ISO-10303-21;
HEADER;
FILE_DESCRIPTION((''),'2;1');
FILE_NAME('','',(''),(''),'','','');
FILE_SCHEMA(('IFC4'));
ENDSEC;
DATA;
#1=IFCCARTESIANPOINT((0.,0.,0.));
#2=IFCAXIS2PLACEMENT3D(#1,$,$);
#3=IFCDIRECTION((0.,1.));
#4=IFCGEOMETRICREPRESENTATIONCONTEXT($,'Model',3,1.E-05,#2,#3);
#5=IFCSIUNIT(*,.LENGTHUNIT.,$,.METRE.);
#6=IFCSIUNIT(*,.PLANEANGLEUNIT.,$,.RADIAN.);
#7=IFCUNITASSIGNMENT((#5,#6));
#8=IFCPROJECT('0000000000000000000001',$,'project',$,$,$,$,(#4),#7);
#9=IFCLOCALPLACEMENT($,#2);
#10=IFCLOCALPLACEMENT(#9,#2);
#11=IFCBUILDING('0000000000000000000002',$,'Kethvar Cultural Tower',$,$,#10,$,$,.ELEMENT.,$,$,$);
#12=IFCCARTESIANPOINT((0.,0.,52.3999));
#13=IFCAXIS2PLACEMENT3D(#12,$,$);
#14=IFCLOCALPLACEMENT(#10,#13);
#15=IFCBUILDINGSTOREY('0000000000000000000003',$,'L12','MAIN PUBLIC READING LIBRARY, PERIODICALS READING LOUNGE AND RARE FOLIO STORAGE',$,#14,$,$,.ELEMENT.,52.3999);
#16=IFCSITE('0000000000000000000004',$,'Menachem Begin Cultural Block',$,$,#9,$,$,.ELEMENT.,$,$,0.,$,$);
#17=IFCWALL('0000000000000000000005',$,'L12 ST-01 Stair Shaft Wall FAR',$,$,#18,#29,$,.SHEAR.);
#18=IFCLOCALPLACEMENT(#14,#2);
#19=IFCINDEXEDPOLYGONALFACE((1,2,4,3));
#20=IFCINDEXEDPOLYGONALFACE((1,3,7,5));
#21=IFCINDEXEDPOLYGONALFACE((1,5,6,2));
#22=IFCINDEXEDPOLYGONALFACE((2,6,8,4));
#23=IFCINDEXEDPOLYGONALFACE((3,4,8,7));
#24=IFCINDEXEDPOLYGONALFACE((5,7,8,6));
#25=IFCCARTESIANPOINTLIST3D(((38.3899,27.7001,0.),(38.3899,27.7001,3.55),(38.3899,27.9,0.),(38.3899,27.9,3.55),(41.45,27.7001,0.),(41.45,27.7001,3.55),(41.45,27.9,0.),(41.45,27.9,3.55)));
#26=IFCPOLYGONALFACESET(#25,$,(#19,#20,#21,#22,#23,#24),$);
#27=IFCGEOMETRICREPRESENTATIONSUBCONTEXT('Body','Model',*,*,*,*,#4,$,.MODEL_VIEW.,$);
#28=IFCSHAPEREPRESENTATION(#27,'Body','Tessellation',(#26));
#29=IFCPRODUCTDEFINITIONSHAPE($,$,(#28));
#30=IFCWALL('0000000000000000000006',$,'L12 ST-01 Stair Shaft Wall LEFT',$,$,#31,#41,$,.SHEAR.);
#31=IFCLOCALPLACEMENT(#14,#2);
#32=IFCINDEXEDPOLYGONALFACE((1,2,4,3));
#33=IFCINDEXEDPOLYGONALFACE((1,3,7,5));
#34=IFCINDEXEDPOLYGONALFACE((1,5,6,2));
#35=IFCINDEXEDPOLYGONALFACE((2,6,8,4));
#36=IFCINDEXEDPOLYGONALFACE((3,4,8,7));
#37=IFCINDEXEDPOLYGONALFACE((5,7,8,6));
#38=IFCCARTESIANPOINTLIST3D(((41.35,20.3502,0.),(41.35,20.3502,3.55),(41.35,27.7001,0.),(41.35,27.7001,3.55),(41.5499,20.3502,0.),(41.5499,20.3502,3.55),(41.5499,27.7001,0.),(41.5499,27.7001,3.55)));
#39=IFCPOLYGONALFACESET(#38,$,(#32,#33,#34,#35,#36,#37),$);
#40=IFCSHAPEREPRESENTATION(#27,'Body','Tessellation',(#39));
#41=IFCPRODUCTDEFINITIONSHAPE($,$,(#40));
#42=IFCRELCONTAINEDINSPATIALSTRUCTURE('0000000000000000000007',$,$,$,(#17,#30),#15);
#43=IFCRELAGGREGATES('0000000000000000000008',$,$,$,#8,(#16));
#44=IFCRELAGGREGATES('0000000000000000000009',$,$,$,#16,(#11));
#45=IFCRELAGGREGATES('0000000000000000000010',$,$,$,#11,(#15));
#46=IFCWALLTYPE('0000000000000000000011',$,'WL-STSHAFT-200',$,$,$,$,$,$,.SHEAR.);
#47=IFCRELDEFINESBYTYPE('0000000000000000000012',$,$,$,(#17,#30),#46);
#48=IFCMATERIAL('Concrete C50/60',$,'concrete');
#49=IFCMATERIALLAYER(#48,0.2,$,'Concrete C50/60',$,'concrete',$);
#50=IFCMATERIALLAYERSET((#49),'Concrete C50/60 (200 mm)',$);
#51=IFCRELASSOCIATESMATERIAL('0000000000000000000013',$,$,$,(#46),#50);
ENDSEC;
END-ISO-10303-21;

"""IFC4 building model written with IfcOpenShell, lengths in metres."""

from ifc_helpers import new_model, si_unit, direction, frame, frame_2d, origin, place, context, subcontext, project, spatial, rectangle, extrude, material, layer, layer_set, type_object, element, save


model = new_model("IFC4")

# Units and contexts
model_context = context("Model", 3, precision=1e-05, world=origin(), true_north=direction((0.0, 1.0)))
body_context = subcontext(model_context, "Body", "Model", "MODEL_VIEW")
ifc_project = project(units=[si_unit("LENGTHUNIT", "METRE"), si_unit("PLANEANGLEUNIT", "RADIAN")], contexts=[model_context])

# Site, building, storey
site_placement = place(None, origin())
site = spatial("IfcSite", under=ifc_project, at=site_placement, Name="Menachem Begin Cultural Block", CompositionType="ELEMENT", RefElevation=0.0)
building_placement = place(site_placement, origin())
building = spatial("IfcBuilding", under=site, at=building_placement, Name="Kethvar Cultural Tower", CompositionType="ELEMENT")
storey_placement = place(building_placement, frame((0.0, 0.0, 52.3999)))
storey = spatial("IfcBuildingStorey", under=building, at=storey_placement, Name="L12", Description="MAIN PUBLIC READING LIBRARY, PERIODICALS READING LOUNGE AND RARE FOLIO STORAGE", CompositionType="ELEMENT", Elevation=52.3999)

# Walls
ifc_material_1 = material(Name="Concrete C50/60", Category="concrete")
ifc_layer_1 = layer(ifc_material_1, 0.2, Name="Concrete C50/60", Category="concrete")
ifc_layer_set_1 = layer_set([ifc_layer_1], Name="Concrete C50/60 (200 mm)")
wall_type_1 = type_object("IfcWallType", Name="WL-STSHAFT-200", PredefinedType="SHEAR", material=ifc_layer_set_1)
wall_1_placement = place(storey_placement, frame((38.3899, 27.8, 0.0), z_axis=(0.0, 0.0, 1.0), x_axis=(1.0, 0.0, 0.0)))
element("IfcWall", 1, at=wall_1_placement, inside=storey, type_object=wall_type_1, Name="L12 ST-01 Stair Shaft Wall FAR", PredefinedType="SHEAR", context=body_context, shape_type="SweptSolid", body=[
    extrude(rectangle(XDim=3.0601, YDim=0.2, at=frame_2d((1.53, 0.0))), origin(), (0.0, 0.0, 1.0), 3.55),
])
wall_2_placement = place(storey_placement, frame((41.45, 27.7, 0.0), z_axis=(0.0, 0.0, 1.0), x_axis=(0.0, -1.0, 0.0)))
element("IfcWall", 2, at=wall_2_placement, inside=storey, type_object=wall_type_1, Name="L12 ST-01 Stair Shaft Wall LEFT", PredefinedType="SHEAR", context=body_context, shape_type="SweptSolid", body=[
    extrude(rectangle(XDim=7.3499, YDim=0.2, at=frame_2d((3.6748, 0.0))), origin(), (0.0, 0.0, 1.0), 3.55),
])

save(model, "model.ifc")
